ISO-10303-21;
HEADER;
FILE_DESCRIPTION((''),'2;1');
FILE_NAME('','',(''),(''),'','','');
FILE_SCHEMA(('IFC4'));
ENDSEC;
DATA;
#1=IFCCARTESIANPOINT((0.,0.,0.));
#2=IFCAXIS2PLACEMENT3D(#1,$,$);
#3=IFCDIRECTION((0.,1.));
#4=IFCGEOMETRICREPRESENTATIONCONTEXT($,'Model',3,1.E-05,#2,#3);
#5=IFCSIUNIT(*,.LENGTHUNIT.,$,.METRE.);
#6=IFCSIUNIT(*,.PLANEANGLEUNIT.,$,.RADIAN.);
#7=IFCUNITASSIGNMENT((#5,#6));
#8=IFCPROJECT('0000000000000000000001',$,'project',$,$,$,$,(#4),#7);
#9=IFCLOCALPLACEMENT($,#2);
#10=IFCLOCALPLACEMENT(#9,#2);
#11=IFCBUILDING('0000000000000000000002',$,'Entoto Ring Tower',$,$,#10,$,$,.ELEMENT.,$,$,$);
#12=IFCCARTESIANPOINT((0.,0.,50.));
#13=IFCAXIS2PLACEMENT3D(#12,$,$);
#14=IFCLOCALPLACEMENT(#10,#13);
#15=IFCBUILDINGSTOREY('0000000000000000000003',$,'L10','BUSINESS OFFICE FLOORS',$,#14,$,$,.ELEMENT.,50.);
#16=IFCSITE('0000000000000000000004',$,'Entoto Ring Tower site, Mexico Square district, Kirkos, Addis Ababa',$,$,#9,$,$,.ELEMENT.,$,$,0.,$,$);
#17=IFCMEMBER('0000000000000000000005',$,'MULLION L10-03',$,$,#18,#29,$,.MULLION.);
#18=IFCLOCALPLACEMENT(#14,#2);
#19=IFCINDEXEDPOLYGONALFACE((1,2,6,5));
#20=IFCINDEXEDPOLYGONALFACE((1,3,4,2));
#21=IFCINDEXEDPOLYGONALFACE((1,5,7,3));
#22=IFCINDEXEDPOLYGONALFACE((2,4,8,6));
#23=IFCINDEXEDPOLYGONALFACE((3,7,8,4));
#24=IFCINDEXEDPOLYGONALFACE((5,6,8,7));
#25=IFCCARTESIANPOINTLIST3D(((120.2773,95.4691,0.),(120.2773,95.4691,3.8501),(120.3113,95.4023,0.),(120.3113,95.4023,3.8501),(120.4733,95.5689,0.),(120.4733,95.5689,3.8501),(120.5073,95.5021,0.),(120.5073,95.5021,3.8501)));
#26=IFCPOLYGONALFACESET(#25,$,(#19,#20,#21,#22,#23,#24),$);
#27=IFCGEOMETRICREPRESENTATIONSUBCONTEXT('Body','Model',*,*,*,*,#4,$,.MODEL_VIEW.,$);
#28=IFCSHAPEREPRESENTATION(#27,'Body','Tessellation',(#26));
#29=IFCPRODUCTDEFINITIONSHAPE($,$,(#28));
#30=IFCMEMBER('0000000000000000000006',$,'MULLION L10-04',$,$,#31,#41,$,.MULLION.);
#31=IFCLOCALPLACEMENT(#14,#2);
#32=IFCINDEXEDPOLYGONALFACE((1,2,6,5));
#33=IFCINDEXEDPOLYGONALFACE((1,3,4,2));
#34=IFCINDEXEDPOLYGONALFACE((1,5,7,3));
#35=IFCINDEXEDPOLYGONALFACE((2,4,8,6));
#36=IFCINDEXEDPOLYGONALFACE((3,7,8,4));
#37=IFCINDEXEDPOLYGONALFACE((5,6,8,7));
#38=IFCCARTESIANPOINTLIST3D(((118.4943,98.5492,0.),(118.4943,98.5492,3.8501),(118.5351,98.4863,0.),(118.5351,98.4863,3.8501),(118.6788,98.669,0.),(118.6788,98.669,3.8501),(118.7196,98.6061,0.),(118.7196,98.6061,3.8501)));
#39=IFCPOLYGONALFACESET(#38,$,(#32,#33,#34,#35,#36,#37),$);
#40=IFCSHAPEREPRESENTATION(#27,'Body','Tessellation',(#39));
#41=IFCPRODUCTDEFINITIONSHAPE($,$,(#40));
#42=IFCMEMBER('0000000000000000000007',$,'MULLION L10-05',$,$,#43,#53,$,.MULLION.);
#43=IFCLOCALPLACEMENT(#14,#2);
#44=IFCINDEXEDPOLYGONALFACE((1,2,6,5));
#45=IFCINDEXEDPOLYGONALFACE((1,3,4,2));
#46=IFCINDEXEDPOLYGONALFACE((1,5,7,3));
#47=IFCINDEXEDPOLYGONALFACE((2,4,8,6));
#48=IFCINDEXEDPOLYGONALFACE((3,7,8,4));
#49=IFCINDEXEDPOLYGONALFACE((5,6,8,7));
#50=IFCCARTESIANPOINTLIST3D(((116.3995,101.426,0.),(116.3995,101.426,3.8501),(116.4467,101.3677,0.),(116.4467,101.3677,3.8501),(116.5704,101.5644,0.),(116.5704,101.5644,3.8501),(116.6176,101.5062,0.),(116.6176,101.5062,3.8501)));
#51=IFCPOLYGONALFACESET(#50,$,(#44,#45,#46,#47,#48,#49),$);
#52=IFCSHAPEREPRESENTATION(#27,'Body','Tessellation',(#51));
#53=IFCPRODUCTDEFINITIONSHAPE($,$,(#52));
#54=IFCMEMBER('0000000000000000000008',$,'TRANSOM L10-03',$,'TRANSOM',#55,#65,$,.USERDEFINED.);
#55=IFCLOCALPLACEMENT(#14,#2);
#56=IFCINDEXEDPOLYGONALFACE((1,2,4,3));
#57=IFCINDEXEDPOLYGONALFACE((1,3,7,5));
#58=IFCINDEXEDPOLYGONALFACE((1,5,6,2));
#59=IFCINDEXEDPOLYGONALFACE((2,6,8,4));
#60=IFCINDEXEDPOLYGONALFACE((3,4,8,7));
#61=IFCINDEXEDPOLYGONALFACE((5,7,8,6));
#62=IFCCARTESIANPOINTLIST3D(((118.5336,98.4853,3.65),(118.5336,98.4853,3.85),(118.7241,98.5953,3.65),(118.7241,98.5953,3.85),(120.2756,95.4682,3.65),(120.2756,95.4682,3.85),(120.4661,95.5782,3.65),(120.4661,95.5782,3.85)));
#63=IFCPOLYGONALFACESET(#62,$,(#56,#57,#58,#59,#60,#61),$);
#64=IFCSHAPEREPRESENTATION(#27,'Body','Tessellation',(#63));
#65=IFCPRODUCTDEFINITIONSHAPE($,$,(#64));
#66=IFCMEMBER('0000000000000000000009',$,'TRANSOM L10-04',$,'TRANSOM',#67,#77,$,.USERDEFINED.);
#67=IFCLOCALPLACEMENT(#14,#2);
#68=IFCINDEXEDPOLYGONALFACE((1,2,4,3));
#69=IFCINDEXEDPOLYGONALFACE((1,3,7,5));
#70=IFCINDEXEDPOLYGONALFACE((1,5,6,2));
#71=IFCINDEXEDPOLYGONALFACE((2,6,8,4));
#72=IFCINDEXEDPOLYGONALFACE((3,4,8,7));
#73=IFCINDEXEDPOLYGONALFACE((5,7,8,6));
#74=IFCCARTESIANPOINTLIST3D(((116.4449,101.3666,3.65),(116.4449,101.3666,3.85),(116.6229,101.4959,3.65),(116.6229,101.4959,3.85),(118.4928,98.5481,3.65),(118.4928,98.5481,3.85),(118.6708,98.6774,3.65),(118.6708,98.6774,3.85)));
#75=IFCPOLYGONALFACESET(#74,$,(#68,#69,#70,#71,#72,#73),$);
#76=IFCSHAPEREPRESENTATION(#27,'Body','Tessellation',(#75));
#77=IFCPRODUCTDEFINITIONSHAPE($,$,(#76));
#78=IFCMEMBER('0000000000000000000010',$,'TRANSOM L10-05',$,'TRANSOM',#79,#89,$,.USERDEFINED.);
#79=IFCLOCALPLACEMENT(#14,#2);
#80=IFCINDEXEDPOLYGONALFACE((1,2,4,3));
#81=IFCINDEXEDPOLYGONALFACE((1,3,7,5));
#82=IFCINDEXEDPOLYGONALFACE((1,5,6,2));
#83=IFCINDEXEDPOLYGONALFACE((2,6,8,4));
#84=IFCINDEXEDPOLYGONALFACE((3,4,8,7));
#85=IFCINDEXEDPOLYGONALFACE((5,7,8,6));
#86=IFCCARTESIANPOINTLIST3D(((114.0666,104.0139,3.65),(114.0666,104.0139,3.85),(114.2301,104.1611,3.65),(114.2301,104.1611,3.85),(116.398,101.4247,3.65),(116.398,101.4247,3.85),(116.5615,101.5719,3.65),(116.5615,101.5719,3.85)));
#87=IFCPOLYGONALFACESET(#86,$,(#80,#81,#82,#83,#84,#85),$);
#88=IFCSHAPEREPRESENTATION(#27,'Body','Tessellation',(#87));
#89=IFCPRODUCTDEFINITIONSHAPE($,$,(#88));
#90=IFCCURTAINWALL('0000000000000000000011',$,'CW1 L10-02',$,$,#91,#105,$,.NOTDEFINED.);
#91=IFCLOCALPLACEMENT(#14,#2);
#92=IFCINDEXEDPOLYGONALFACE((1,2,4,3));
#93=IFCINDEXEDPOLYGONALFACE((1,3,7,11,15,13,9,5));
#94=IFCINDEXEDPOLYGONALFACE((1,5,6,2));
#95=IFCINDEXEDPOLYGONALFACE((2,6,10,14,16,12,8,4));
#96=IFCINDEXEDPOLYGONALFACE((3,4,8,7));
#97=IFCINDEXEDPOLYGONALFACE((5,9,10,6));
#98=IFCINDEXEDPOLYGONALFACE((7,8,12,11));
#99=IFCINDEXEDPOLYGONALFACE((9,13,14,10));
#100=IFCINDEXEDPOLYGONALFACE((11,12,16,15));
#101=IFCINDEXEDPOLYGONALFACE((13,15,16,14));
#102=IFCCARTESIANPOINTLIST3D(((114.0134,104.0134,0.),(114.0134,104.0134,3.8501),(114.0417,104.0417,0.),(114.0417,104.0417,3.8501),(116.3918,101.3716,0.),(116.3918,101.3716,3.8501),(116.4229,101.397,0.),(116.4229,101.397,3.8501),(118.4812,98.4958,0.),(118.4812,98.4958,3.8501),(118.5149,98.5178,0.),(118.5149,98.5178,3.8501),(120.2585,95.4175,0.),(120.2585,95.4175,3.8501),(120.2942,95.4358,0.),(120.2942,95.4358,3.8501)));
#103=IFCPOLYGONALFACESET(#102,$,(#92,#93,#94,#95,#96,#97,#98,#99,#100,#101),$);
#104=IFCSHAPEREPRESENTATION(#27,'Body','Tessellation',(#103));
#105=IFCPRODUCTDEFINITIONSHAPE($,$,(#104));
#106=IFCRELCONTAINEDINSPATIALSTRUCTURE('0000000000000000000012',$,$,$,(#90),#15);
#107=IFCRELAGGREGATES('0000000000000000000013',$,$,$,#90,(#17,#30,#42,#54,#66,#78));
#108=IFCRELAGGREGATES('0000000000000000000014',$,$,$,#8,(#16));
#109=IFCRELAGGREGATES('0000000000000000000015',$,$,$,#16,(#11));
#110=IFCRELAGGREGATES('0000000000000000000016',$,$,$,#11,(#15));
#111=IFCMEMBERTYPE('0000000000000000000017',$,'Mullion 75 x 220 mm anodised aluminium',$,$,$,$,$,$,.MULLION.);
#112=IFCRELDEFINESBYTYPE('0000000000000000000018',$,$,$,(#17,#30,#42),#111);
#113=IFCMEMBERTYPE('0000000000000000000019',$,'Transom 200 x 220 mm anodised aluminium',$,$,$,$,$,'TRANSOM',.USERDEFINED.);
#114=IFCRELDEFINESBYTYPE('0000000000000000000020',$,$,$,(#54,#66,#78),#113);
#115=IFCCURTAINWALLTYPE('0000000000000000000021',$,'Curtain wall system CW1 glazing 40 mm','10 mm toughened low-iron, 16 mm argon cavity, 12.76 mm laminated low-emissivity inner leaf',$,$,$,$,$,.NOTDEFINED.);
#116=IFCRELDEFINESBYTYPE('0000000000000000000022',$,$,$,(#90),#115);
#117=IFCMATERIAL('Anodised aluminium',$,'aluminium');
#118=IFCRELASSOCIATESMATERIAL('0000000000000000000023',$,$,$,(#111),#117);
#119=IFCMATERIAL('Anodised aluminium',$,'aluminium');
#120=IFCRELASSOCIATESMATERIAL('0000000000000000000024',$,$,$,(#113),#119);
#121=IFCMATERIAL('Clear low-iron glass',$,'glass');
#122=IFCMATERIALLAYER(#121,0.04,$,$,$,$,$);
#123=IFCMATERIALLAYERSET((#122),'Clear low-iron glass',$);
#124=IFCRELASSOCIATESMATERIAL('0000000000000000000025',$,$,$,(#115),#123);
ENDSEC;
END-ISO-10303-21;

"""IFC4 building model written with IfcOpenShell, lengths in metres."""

from ifc_helpers import new_model, si_unit, direction, frame, origin, origin_2d, place, context, subcontext, project, spatial, polyline, rectangle, outline, extrude, material, layer, layer_set, material_profile, profile_set, type_object, element, aggregate, save


model = new_model("IFC4")

# Units and contexts
model_context = context("Model", 3, precision=1e-05, world=origin(), true_north=direction((0.0, 1.0)))
body_context = subcontext(model_context, "Body", "Model", "MODEL_VIEW")
ifc_project = project(units=[si_unit("LENGTHUNIT", "METRE"), si_unit("PLANEANGLEUNIT", "RADIAN")], contexts=[model_context])

# Members
ifc_material_1 = material(Name="Anodised aluminium", Category="aluminium")
ifc_material_profile_1 = material_profile(ifc_material_1, rectangle(XDim=0.075, YDim=0.22, at=origin_2d()), Name="Mullion 75 x 220 mm anodised aluminium")
ifc_profile_set_1 = profile_set([ifc_material_profile_1], Name="Anodised aluminium")
member_type_1 = type_object("IfcMemberType", Name="Mullion 75 x 220 mm anodised aluminium", PredefinedType="MULLION", material=ifc_profile_set_1)
site_placement = place(None, origin())
building_placement = place(site_placement, origin())
storey_placement = place(building_placement, frame((0.0, 0.0, 50.0)))
member_1_placement = place(storey_placement, frame((120.3923, 95.4856, 0.0), z_axis=(0.0, 0.0, 1.0), x_axis=(-0.45399, 0.891007, 0.0)))
member_1 = element("IfcMember", 1, at=member_1_placement, type_object=member_type_1, Name="MULLION L10-03", PredefinedType="MULLION", context=body_context, shape_type="SweptSolid", body=[
    extrude(rectangle(XDim=0.075, YDim=0.22, at=origin_2d()), origin(), (0.0, 0.0, 1.0), 3.8501),
])
member_2_placement = place(storey_placement, frame((118.6069, 98.5776, 0.0), z_axis=(0.0, 0.0, 1.0), x_axis=(-0.544639, 0.838671, 0.0)))
member_2 = element("IfcMember", 2, at=member_2_placement, type_object=member_type_1, Name="MULLION L10-04", PredefinedType="MULLION", context=body_context, shape_type="SweptSolid", body=[
    extrude(rectangle(XDim=0.075, YDim=0.22, at=origin_2d()), origin(), (0.0, 0.0, 1.0), 3.8501),
])
member_3_placement = place(storey_placement, frame((116.5085, 101.4661, 0.0), z_axis=(0.0, 0.0, 1.0), x_axis=(-0.62932, 0.777146, 0.0)))
member_3 = element("IfcMember", 3, at=member_3_placement, type_object=member_type_1, Name="MULLION L10-05", PredefinedType="MULLION", context=body_context, shape_type="SweptSolid", body=[
    extrude(rectangle(XDim=0.075, YDim=0.22, at=origin_2d()), origin(), (0.0, 0.0, 1.0), 3.8501),
])
ifc_material_2 = material(Name="Anodised aluminium", Category="aluminium")
ifc_material_profile_2 = material_profile(ifc_material_2, rectangle(XDim=0.22, YDim=0.2, at=origin_2d()), Name="Transom 200 x 220 mm anodised aluminium")
ifc_profile_set_2 = profile_set([ifc_material_profile_2], Name="Anodised aluminium")
member_type_2 = type_object("IfcMemberType", Name="Transom 200 x 220 mm anodised aluminium", ElementType="TRANSOM", PredefinedType="USERDEFINED", material=ifc_profile_set_2)
member_4_placement = place(storey_placement, frame((120.3708, 95.5232, 3.75), z_axis=(-0.500006, 0.866022, 0.0), x_axis=(-0.866022, -0.500006, 0.0)))
member_4 = element("IfcMember", 4, at=member_4_placement, type_object=member_type_2, Name="TRANSOM L10-03", ObjectType="TRANSOM", PredefinedType="USERDEFINED", context=body_context, shape_type="SweptSolid", body=[
    extrude(rectangle(XDim=0.22, YDim=0.2, at=origin_2d()), origin(), (0.0, 0.0, 1.0), 3.4839),
])
member_5_placement = place(storey_placement, frame((118.5818, 98.6128, 3.75), z_axis=(-0.587822, 0.808991, 0.0), x_axis=(-0.808991, -0.587822, 0.0)))
member_5 = element("IfcMember", 5, at=member_5_placement, type_object=member_type_2, Name="TRANSOM L10-04", ObjectType="TRANSOM", PredefinedType="USERDEFINED", context=body_context, shape_type="SweptSolid", body=[
    extrude(rectangle(XDim=0.22, YDim=0.2, at=origin_2d()), origin(), (0.0, 0.0, 1.0), 3.4839),
])
member_6_placement = place(storey_placement, frame((116.4797, 101.4983, 3.75), z_axis=(-0.669139, 0.743137, 0.0), x_axis=(-0.743137, -0.669139, 0.0)))
member_6 = element("IfcMember", 6, at=member_6_placement, type_object=member_type_2, Name="TRANSOM L10-05", ObjectType="TRANSOM", PredefinedType="USERDEFINED", context=body_context, shape_type="SweptSolid", body=[
    extrude(rectangle(XDim=0.22, YDim=0.2, at=origin_2d()), origin(), (0.0, 0.0, 1.0), 3.4841),
])

# Site, building, storey
site = spatial("IfcSite", under=ifc_project, at=site_placement, Name="Entoto Ring Tower site, Mexico Square district, Kirkos, Addis Ababa", CompositionType="ELEMENT", RefElevation=0.0)
building = spatial("IfcBuilding", under=site, at=building_placement, Name="Entoto Ring Tower", CompositionType="ELEMENT")
storey = spatial("IfcBuildingStorey", under=building, at=storey_placement, Name="L10", Description="BUSINESS OFFICE FLOORS", CompositionType="ELEMENT", Elevation=50.0)

# Curtain wall
ifc_material_3 = material(Name="Clear low-iron glass", Category="glass")
ifc_layer_1 = layer(ifc_material_3, 0.04)
ifc_layer_set_1 = layer_set([ifc_layer_1], Name="Clear low-iron glass")
curtain_wall_type = type_object("IfcCurtainWallType", Name="Curtain wall system CW1 glazing 40 mm", Description="10 mm toughened low-iron, 16 mm argon cavity, 12.76 mm laminated low-emissivity inner leaf", PredefinedType="NOTDEFINED", material=ifc_layer_set_1)
curtain_wall_1_placement = place(storey_placement, origin())
curtain_wall_1 = element("IfcCurtainWall", 7, at=curtain_wall_1_placement, inside=storey, type_object=curtain_wall_type, Name="CW1 L10-02", PredefinedType="NOTDEFINED", context=body_context, shape_type="SweptSolid", body=[
    extrude(outline(polyline([(120.2942, 95.4358), (118.5149, 98.5178), (116.4229, 101.397), (114.0417, 104.0417), (114.0134, 104.0134), (116.3918, 101.3716), (118.4812, 98.4958), (120.2585, 95.4175), (120.2942, 95.4358)])), origin(), (0.0, 0.0, 1.0), 3.8501),
])
aggregate(curtain_wall_1, [member_1, member_2, member_3, member_4, member_5, member_6])

save(model, "model.ifc")
